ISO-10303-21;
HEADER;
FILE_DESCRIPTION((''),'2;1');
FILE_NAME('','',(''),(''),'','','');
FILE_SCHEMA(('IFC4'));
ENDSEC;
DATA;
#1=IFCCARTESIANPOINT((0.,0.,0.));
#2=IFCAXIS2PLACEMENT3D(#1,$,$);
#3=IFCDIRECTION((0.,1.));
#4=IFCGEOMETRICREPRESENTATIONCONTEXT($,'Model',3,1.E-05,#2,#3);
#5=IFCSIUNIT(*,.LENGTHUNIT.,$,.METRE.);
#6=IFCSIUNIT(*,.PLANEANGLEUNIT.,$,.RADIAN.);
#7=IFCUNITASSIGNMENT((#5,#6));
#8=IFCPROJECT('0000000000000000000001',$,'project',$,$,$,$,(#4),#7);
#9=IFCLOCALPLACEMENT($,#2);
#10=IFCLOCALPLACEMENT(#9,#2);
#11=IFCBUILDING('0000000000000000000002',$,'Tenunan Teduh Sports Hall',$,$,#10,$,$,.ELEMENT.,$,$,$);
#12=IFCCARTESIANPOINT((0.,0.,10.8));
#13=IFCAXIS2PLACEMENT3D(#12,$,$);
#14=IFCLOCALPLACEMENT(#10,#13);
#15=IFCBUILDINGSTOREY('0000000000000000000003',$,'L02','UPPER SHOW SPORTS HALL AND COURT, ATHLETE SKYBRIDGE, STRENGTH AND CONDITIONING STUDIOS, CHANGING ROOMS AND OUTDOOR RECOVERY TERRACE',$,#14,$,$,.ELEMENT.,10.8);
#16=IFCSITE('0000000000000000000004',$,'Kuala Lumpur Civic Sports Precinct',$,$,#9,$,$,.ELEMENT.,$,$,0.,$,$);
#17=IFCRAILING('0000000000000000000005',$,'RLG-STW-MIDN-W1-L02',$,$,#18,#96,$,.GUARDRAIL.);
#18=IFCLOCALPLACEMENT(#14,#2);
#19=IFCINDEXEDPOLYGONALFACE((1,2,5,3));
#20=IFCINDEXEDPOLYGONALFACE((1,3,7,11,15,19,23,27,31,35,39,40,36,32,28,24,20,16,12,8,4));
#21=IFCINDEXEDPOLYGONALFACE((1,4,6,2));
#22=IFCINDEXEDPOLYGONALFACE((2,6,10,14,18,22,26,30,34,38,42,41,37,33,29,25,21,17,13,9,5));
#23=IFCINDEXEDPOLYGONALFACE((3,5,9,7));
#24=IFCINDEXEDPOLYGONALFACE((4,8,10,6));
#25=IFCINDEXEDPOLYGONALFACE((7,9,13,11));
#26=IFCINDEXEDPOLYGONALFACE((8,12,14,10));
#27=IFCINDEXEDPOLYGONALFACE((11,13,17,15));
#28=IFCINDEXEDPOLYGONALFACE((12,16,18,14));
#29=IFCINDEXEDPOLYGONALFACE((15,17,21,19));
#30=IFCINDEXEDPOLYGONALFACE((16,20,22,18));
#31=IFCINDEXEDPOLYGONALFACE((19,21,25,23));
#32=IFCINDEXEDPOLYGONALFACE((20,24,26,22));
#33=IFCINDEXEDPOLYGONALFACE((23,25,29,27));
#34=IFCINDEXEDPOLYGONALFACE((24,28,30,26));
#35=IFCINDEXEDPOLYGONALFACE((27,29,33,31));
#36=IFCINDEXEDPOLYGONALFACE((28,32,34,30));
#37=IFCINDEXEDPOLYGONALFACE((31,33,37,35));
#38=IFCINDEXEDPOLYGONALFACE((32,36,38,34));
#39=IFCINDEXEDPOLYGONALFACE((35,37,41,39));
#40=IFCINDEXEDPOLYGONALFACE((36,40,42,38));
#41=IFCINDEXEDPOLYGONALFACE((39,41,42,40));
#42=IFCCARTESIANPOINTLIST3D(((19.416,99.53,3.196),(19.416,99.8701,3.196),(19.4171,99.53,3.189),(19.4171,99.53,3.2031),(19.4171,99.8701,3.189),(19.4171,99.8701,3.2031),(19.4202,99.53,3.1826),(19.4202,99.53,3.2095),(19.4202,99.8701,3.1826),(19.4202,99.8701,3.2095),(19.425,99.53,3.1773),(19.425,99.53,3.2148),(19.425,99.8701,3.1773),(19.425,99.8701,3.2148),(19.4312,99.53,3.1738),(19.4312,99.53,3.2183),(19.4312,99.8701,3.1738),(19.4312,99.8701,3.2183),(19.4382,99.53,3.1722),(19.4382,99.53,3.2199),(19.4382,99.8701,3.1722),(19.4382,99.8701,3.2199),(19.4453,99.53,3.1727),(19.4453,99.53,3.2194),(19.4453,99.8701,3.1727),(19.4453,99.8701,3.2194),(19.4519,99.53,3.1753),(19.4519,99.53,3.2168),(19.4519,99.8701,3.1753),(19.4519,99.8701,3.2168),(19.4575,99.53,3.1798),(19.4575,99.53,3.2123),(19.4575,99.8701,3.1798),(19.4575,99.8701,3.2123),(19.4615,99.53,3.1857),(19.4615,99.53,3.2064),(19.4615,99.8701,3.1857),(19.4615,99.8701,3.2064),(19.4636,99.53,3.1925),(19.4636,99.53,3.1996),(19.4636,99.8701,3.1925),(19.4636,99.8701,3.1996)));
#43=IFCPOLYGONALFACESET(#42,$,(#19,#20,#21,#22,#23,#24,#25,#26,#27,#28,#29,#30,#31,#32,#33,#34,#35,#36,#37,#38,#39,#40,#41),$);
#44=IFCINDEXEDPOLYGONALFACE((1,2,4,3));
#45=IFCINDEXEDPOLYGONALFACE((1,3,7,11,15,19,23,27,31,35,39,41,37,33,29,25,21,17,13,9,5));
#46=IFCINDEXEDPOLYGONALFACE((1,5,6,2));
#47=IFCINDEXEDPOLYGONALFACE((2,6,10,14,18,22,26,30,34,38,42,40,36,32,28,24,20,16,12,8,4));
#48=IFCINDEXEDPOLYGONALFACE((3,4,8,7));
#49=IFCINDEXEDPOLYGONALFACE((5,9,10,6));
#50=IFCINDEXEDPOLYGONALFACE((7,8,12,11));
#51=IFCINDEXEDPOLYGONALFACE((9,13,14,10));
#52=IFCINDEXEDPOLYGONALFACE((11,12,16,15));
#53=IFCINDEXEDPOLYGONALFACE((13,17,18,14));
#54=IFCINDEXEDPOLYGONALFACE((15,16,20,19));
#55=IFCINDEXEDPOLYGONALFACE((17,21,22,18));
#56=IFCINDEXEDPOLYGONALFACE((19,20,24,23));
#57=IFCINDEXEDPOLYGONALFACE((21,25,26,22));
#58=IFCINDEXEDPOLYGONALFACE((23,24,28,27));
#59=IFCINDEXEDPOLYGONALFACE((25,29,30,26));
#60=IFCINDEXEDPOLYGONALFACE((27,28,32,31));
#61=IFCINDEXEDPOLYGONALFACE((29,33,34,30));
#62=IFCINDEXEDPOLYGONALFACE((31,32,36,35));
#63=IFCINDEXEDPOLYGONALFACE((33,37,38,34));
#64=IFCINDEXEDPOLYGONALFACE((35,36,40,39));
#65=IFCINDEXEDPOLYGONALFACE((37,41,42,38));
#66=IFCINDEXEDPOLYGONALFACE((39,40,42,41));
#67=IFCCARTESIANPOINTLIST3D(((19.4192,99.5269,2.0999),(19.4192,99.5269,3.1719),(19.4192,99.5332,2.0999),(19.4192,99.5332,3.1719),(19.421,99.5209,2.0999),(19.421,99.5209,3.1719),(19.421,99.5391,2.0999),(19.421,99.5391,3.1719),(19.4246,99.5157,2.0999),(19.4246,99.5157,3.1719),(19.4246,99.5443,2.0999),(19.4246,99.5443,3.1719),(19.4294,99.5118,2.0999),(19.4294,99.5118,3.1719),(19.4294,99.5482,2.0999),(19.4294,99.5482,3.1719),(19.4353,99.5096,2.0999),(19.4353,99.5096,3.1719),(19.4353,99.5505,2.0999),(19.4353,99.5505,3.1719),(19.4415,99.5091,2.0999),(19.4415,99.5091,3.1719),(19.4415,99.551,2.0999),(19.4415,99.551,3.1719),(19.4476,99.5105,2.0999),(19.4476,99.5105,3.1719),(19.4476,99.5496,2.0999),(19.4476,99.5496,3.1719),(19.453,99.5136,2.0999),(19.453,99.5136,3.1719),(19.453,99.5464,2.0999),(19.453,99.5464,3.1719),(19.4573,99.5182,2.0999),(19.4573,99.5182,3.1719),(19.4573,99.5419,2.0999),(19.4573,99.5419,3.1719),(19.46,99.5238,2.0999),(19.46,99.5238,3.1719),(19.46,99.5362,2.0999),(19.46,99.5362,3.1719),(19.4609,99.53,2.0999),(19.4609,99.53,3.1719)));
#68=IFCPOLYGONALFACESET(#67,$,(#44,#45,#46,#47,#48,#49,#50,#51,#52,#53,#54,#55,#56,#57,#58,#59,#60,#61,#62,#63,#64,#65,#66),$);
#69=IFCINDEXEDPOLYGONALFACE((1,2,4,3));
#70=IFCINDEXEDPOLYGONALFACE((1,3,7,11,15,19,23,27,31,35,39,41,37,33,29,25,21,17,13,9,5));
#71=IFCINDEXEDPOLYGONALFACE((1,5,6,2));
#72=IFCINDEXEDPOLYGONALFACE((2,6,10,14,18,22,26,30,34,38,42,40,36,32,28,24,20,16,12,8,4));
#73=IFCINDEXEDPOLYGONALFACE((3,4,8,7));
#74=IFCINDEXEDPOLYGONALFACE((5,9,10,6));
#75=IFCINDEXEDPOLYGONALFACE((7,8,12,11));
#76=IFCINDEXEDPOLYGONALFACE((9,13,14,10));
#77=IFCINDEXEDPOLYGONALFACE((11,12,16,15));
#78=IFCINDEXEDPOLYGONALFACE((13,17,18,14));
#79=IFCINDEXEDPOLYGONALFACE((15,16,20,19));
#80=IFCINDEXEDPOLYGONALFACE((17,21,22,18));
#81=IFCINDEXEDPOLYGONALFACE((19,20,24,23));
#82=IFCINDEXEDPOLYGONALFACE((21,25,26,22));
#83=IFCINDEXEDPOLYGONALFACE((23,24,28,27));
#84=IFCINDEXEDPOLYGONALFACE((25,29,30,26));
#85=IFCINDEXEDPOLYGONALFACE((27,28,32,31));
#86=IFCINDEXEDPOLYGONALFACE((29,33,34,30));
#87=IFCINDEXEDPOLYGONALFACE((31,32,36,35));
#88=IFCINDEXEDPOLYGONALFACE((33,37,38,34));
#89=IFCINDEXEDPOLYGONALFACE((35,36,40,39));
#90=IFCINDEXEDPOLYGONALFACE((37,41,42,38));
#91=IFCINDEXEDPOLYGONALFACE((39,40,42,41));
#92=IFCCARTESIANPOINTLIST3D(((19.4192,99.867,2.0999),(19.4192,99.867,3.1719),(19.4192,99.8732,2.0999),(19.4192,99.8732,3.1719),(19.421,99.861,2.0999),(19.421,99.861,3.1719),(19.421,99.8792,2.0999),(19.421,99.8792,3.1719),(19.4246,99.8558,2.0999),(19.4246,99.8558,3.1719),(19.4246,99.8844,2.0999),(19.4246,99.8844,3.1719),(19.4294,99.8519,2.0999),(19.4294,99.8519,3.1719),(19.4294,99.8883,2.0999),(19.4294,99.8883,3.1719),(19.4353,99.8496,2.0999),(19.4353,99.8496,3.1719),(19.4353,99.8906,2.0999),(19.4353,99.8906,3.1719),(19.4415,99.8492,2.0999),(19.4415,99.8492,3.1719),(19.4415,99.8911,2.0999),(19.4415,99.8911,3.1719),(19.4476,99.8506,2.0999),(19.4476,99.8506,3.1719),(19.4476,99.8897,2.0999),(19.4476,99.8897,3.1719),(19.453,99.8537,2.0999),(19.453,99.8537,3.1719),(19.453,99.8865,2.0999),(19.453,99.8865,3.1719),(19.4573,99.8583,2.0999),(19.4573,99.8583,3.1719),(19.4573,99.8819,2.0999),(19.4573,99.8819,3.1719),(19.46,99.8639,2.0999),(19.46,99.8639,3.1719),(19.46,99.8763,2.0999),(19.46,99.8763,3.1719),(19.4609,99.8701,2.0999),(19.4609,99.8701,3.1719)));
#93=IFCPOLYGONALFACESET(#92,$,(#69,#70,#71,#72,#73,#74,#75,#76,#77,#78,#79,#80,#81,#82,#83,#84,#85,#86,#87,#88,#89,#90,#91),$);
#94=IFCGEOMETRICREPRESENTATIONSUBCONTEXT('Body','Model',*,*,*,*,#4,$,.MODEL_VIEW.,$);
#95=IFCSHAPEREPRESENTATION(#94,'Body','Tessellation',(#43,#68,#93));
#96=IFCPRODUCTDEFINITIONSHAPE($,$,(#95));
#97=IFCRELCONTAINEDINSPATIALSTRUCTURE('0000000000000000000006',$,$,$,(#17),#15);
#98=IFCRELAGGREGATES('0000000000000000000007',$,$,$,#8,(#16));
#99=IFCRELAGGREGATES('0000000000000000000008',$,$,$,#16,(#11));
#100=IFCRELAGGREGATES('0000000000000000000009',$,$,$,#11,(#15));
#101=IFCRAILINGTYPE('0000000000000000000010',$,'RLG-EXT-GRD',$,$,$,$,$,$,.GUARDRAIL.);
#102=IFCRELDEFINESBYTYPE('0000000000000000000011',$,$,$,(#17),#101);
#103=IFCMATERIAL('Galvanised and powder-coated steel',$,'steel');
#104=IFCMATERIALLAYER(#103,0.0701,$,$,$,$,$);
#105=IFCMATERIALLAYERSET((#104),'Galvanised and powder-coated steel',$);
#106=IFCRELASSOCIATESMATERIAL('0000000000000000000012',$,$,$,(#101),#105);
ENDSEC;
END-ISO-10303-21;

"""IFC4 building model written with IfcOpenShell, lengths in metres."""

from ifc_helpers import new_model, si_unit, direction, frame, origin, origin_2d, place, context, subcontext, project, spatial, circle, extrude, material, layer, layer_set, type_object, element, save


model = new_model("IFC4")

# Units and contexts
model_context = context("Model", 3, precision=1e-05, world=origin(), true_north=direction((0.0, 1.0)))
body_context = subcontext(model_context, "Body", "Model", "MODEL_VIEW")
ifc_project = project(units=[si_unit("LENGTHUNIT", "METRE"), si_unit("PLANEANGLEUNIT", "RADIAN")], contexts=[model_context])

# Site, building, storey
site_placement = place(None, origin())
site = spatial("IfcSite", under=ifc_project, at=site_placement, Name="Kuala Lumpur Civic Sports Precinct", CompositionType="ELEMENT", RefElevation=0.0)
building_placement = place(site_placement, origin())
building = spatial("IfcBuilding", under=site, at=building_placement, Name="Tenunan Teduh Sports Hall", CompositionType="ELEMENT")
storey_placement = place(building_placement, frame((0.0, 0.0, 10.8)))
storey = spatial("IfcBuildingStorey", under=building, at=storey_placement, Name="L02", Description="UPPER SHOW SPORTS HALL AND COURT, ATHLETE SKYBRIDGE, STRENGTH AND CONDITIONING STUDIOS, CHANGING ROOMS AND OUTDOOR RECOVERY TERRACE", CompositionType="ELEMENT", Elevation=10.8)

# Railing
ifc_material_1 = material(Name="Galvanised and powder-coated steel", Category="steel")
ifc_layer_1 = layer(ifc_material_1, 0.0701)
ifc_layer_set_1 = layer_set([ifc_layer_1], Name="Galvanised and powder-coated steel")
railing_type_1 = type_object("IfcRailingType", Name="RLG-EXT-GRD", PredefinedType="GUARDRAIL", material=ifc_layer_set_1)
railing_1_placement = place(storey_placement, frame((19.4399, 99.53, 2.0999)))
element("IfcRailing", 1, at=railing_1_placement, inside=storey, type_object=railing_type_1, Name="RLG-STW-MIDN-W1-L02", PredefinedType="GUARDRAIL", context=body_context, shape_type="SweptSolid", body=[
    extrude(circle(Radius=0.0239, at=origin_2d()), frame((0.0, 0.0, 1.0962), z_axis=(0.0, 1.0, 0.0), x_axis=(-1.0, 0.0, 0.0)), (0.0, 0.0, 1.0), 0.3401),
    extrude(circle(Radius=0.021, at=origin_2d()), origin(), (0.0, 0.0, 1.0), 1.072),
    extrude(circle(Radius=0.021, at=origin_2d()), frame((0.0, 0.3401, 0.0)), (0.0, 0.0, 1.0), 1.072),
])

save(model, "model.ifc")
